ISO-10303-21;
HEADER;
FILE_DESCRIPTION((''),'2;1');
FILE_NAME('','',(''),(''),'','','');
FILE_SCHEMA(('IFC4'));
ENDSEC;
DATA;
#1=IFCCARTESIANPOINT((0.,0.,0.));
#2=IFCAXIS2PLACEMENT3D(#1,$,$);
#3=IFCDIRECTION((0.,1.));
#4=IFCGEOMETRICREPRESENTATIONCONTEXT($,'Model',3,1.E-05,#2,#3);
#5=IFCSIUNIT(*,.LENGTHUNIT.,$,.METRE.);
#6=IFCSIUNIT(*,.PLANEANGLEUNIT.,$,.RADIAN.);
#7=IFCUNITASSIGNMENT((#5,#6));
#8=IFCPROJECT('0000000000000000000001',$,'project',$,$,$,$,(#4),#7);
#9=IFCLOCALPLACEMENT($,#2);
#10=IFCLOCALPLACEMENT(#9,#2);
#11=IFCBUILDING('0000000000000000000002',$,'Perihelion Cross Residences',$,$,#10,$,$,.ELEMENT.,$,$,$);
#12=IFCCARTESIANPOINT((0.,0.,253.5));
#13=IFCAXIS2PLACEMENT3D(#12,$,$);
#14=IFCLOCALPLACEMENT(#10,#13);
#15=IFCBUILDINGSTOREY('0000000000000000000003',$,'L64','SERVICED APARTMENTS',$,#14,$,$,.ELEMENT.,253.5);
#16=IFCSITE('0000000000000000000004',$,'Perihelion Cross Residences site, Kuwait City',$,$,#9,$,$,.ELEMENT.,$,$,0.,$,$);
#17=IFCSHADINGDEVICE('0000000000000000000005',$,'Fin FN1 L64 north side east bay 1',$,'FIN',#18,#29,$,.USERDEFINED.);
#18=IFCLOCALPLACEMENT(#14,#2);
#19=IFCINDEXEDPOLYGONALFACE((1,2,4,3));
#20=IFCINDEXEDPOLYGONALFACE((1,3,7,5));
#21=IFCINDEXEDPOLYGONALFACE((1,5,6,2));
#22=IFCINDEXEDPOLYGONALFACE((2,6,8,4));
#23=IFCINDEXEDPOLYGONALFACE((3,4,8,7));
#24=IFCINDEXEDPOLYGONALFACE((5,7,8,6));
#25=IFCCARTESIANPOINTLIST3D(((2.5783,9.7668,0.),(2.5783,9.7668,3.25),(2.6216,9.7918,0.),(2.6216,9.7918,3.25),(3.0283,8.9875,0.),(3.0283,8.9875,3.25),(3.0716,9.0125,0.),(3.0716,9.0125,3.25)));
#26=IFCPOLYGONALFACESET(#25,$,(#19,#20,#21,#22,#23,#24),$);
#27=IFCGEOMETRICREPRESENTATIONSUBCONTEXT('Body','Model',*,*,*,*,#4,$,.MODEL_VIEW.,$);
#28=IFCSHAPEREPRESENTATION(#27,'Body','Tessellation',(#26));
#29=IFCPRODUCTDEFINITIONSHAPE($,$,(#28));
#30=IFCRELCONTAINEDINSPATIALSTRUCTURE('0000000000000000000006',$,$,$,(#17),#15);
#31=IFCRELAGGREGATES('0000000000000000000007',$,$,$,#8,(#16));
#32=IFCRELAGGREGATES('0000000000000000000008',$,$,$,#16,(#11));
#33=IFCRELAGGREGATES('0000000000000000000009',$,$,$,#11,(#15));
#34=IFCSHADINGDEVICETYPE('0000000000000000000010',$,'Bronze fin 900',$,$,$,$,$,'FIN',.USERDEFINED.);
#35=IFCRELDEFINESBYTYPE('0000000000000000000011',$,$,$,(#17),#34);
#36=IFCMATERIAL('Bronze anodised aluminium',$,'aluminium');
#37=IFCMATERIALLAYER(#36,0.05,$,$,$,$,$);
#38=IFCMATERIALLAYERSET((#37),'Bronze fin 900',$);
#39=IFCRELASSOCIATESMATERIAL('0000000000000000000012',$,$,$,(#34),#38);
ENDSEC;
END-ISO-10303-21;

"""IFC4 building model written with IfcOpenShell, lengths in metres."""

from ifc_helpers import new_model, si_unit, direction, frame, origin, origin_2d, place, context, subcontext, project, spatial, rectangle, extrude, material, layer, layer_set, type_object, element, save


model = new_model("IFC4")

# Units and contexts
model_context = context("Model", 3, precision=1e-05, world=origin(), true_north=direction((0.0, 1.0)))
body_context = subcontext(model_context, "Body", "Model", "MODEL_VIEW")
ifc_project = project(units=[si_unit("LENGTHUNIT", "METRE"), si_unit("PLANEANGLEUNIT", "RADIAN")], contexts=[model_context])

# Site, building, storey
site_placement = place(None, origin())
site = spatial("IfcSite", under=ifc_project, at=site_placement, Name="Perihelion Cross Residences site, Kuwait City", CompositionType="ELEMENT", RefElevation=0.0)
building_placement = place(site_placement, origin())
building = spatial("IfcBuilding", under=site, at=building_placement, Name="Perihelion Cross Residences", CompositionType="ELEMENT")
storey_placement = place(building_placement, frame((0.0, 0.0, 253.5)))
storey = spatial("IfcBuildingStorey", under=building, at=storey_placement, Name="L64", Description="SERVICED APARTMENTS", CompositionType="ELEMENT", Elevation=253.5)

# Shading device
ifc_material_1 = material(Name="Bronze anodised aluminium", Category="aluminium")
ifc_layer_1 = layer(ifc_material_1, 0.05)
ifc_layer_set_1 = layer_set([ifc_layer_1], Name="Bronze fin 900")
shading_device_type = type_object("IfcShadingDeviceType", Name="Bronze fin 900", ElementType="FIN", PredefinedType="USERDEFINED", material=ifc_layer_set_1)
shading_device_placement = place(storey_placement, frame((2.825, 9.3896, 0.0), z_axis=(0.0, 0.0, 1.0), x_axis=(-0.5, 0.866025, 0.0)))
element("IfcShadingDevice", 1, at=shading_device_placement, inside=storey, type_object=shading_device_type, Name="Fin FN1 L64 north side east bay 1", ObjectType="FIN", PredefinedType="USERDEFINED", context=body_context, shape_type="SweptSolid", body=[
    extrude(rectangle(XDim=0.8999, YDim=0.05, at=origin_2d()), origin(), (0.0, 0.0, 1.0), 3.25),
])

save(model, "model.ifc")
